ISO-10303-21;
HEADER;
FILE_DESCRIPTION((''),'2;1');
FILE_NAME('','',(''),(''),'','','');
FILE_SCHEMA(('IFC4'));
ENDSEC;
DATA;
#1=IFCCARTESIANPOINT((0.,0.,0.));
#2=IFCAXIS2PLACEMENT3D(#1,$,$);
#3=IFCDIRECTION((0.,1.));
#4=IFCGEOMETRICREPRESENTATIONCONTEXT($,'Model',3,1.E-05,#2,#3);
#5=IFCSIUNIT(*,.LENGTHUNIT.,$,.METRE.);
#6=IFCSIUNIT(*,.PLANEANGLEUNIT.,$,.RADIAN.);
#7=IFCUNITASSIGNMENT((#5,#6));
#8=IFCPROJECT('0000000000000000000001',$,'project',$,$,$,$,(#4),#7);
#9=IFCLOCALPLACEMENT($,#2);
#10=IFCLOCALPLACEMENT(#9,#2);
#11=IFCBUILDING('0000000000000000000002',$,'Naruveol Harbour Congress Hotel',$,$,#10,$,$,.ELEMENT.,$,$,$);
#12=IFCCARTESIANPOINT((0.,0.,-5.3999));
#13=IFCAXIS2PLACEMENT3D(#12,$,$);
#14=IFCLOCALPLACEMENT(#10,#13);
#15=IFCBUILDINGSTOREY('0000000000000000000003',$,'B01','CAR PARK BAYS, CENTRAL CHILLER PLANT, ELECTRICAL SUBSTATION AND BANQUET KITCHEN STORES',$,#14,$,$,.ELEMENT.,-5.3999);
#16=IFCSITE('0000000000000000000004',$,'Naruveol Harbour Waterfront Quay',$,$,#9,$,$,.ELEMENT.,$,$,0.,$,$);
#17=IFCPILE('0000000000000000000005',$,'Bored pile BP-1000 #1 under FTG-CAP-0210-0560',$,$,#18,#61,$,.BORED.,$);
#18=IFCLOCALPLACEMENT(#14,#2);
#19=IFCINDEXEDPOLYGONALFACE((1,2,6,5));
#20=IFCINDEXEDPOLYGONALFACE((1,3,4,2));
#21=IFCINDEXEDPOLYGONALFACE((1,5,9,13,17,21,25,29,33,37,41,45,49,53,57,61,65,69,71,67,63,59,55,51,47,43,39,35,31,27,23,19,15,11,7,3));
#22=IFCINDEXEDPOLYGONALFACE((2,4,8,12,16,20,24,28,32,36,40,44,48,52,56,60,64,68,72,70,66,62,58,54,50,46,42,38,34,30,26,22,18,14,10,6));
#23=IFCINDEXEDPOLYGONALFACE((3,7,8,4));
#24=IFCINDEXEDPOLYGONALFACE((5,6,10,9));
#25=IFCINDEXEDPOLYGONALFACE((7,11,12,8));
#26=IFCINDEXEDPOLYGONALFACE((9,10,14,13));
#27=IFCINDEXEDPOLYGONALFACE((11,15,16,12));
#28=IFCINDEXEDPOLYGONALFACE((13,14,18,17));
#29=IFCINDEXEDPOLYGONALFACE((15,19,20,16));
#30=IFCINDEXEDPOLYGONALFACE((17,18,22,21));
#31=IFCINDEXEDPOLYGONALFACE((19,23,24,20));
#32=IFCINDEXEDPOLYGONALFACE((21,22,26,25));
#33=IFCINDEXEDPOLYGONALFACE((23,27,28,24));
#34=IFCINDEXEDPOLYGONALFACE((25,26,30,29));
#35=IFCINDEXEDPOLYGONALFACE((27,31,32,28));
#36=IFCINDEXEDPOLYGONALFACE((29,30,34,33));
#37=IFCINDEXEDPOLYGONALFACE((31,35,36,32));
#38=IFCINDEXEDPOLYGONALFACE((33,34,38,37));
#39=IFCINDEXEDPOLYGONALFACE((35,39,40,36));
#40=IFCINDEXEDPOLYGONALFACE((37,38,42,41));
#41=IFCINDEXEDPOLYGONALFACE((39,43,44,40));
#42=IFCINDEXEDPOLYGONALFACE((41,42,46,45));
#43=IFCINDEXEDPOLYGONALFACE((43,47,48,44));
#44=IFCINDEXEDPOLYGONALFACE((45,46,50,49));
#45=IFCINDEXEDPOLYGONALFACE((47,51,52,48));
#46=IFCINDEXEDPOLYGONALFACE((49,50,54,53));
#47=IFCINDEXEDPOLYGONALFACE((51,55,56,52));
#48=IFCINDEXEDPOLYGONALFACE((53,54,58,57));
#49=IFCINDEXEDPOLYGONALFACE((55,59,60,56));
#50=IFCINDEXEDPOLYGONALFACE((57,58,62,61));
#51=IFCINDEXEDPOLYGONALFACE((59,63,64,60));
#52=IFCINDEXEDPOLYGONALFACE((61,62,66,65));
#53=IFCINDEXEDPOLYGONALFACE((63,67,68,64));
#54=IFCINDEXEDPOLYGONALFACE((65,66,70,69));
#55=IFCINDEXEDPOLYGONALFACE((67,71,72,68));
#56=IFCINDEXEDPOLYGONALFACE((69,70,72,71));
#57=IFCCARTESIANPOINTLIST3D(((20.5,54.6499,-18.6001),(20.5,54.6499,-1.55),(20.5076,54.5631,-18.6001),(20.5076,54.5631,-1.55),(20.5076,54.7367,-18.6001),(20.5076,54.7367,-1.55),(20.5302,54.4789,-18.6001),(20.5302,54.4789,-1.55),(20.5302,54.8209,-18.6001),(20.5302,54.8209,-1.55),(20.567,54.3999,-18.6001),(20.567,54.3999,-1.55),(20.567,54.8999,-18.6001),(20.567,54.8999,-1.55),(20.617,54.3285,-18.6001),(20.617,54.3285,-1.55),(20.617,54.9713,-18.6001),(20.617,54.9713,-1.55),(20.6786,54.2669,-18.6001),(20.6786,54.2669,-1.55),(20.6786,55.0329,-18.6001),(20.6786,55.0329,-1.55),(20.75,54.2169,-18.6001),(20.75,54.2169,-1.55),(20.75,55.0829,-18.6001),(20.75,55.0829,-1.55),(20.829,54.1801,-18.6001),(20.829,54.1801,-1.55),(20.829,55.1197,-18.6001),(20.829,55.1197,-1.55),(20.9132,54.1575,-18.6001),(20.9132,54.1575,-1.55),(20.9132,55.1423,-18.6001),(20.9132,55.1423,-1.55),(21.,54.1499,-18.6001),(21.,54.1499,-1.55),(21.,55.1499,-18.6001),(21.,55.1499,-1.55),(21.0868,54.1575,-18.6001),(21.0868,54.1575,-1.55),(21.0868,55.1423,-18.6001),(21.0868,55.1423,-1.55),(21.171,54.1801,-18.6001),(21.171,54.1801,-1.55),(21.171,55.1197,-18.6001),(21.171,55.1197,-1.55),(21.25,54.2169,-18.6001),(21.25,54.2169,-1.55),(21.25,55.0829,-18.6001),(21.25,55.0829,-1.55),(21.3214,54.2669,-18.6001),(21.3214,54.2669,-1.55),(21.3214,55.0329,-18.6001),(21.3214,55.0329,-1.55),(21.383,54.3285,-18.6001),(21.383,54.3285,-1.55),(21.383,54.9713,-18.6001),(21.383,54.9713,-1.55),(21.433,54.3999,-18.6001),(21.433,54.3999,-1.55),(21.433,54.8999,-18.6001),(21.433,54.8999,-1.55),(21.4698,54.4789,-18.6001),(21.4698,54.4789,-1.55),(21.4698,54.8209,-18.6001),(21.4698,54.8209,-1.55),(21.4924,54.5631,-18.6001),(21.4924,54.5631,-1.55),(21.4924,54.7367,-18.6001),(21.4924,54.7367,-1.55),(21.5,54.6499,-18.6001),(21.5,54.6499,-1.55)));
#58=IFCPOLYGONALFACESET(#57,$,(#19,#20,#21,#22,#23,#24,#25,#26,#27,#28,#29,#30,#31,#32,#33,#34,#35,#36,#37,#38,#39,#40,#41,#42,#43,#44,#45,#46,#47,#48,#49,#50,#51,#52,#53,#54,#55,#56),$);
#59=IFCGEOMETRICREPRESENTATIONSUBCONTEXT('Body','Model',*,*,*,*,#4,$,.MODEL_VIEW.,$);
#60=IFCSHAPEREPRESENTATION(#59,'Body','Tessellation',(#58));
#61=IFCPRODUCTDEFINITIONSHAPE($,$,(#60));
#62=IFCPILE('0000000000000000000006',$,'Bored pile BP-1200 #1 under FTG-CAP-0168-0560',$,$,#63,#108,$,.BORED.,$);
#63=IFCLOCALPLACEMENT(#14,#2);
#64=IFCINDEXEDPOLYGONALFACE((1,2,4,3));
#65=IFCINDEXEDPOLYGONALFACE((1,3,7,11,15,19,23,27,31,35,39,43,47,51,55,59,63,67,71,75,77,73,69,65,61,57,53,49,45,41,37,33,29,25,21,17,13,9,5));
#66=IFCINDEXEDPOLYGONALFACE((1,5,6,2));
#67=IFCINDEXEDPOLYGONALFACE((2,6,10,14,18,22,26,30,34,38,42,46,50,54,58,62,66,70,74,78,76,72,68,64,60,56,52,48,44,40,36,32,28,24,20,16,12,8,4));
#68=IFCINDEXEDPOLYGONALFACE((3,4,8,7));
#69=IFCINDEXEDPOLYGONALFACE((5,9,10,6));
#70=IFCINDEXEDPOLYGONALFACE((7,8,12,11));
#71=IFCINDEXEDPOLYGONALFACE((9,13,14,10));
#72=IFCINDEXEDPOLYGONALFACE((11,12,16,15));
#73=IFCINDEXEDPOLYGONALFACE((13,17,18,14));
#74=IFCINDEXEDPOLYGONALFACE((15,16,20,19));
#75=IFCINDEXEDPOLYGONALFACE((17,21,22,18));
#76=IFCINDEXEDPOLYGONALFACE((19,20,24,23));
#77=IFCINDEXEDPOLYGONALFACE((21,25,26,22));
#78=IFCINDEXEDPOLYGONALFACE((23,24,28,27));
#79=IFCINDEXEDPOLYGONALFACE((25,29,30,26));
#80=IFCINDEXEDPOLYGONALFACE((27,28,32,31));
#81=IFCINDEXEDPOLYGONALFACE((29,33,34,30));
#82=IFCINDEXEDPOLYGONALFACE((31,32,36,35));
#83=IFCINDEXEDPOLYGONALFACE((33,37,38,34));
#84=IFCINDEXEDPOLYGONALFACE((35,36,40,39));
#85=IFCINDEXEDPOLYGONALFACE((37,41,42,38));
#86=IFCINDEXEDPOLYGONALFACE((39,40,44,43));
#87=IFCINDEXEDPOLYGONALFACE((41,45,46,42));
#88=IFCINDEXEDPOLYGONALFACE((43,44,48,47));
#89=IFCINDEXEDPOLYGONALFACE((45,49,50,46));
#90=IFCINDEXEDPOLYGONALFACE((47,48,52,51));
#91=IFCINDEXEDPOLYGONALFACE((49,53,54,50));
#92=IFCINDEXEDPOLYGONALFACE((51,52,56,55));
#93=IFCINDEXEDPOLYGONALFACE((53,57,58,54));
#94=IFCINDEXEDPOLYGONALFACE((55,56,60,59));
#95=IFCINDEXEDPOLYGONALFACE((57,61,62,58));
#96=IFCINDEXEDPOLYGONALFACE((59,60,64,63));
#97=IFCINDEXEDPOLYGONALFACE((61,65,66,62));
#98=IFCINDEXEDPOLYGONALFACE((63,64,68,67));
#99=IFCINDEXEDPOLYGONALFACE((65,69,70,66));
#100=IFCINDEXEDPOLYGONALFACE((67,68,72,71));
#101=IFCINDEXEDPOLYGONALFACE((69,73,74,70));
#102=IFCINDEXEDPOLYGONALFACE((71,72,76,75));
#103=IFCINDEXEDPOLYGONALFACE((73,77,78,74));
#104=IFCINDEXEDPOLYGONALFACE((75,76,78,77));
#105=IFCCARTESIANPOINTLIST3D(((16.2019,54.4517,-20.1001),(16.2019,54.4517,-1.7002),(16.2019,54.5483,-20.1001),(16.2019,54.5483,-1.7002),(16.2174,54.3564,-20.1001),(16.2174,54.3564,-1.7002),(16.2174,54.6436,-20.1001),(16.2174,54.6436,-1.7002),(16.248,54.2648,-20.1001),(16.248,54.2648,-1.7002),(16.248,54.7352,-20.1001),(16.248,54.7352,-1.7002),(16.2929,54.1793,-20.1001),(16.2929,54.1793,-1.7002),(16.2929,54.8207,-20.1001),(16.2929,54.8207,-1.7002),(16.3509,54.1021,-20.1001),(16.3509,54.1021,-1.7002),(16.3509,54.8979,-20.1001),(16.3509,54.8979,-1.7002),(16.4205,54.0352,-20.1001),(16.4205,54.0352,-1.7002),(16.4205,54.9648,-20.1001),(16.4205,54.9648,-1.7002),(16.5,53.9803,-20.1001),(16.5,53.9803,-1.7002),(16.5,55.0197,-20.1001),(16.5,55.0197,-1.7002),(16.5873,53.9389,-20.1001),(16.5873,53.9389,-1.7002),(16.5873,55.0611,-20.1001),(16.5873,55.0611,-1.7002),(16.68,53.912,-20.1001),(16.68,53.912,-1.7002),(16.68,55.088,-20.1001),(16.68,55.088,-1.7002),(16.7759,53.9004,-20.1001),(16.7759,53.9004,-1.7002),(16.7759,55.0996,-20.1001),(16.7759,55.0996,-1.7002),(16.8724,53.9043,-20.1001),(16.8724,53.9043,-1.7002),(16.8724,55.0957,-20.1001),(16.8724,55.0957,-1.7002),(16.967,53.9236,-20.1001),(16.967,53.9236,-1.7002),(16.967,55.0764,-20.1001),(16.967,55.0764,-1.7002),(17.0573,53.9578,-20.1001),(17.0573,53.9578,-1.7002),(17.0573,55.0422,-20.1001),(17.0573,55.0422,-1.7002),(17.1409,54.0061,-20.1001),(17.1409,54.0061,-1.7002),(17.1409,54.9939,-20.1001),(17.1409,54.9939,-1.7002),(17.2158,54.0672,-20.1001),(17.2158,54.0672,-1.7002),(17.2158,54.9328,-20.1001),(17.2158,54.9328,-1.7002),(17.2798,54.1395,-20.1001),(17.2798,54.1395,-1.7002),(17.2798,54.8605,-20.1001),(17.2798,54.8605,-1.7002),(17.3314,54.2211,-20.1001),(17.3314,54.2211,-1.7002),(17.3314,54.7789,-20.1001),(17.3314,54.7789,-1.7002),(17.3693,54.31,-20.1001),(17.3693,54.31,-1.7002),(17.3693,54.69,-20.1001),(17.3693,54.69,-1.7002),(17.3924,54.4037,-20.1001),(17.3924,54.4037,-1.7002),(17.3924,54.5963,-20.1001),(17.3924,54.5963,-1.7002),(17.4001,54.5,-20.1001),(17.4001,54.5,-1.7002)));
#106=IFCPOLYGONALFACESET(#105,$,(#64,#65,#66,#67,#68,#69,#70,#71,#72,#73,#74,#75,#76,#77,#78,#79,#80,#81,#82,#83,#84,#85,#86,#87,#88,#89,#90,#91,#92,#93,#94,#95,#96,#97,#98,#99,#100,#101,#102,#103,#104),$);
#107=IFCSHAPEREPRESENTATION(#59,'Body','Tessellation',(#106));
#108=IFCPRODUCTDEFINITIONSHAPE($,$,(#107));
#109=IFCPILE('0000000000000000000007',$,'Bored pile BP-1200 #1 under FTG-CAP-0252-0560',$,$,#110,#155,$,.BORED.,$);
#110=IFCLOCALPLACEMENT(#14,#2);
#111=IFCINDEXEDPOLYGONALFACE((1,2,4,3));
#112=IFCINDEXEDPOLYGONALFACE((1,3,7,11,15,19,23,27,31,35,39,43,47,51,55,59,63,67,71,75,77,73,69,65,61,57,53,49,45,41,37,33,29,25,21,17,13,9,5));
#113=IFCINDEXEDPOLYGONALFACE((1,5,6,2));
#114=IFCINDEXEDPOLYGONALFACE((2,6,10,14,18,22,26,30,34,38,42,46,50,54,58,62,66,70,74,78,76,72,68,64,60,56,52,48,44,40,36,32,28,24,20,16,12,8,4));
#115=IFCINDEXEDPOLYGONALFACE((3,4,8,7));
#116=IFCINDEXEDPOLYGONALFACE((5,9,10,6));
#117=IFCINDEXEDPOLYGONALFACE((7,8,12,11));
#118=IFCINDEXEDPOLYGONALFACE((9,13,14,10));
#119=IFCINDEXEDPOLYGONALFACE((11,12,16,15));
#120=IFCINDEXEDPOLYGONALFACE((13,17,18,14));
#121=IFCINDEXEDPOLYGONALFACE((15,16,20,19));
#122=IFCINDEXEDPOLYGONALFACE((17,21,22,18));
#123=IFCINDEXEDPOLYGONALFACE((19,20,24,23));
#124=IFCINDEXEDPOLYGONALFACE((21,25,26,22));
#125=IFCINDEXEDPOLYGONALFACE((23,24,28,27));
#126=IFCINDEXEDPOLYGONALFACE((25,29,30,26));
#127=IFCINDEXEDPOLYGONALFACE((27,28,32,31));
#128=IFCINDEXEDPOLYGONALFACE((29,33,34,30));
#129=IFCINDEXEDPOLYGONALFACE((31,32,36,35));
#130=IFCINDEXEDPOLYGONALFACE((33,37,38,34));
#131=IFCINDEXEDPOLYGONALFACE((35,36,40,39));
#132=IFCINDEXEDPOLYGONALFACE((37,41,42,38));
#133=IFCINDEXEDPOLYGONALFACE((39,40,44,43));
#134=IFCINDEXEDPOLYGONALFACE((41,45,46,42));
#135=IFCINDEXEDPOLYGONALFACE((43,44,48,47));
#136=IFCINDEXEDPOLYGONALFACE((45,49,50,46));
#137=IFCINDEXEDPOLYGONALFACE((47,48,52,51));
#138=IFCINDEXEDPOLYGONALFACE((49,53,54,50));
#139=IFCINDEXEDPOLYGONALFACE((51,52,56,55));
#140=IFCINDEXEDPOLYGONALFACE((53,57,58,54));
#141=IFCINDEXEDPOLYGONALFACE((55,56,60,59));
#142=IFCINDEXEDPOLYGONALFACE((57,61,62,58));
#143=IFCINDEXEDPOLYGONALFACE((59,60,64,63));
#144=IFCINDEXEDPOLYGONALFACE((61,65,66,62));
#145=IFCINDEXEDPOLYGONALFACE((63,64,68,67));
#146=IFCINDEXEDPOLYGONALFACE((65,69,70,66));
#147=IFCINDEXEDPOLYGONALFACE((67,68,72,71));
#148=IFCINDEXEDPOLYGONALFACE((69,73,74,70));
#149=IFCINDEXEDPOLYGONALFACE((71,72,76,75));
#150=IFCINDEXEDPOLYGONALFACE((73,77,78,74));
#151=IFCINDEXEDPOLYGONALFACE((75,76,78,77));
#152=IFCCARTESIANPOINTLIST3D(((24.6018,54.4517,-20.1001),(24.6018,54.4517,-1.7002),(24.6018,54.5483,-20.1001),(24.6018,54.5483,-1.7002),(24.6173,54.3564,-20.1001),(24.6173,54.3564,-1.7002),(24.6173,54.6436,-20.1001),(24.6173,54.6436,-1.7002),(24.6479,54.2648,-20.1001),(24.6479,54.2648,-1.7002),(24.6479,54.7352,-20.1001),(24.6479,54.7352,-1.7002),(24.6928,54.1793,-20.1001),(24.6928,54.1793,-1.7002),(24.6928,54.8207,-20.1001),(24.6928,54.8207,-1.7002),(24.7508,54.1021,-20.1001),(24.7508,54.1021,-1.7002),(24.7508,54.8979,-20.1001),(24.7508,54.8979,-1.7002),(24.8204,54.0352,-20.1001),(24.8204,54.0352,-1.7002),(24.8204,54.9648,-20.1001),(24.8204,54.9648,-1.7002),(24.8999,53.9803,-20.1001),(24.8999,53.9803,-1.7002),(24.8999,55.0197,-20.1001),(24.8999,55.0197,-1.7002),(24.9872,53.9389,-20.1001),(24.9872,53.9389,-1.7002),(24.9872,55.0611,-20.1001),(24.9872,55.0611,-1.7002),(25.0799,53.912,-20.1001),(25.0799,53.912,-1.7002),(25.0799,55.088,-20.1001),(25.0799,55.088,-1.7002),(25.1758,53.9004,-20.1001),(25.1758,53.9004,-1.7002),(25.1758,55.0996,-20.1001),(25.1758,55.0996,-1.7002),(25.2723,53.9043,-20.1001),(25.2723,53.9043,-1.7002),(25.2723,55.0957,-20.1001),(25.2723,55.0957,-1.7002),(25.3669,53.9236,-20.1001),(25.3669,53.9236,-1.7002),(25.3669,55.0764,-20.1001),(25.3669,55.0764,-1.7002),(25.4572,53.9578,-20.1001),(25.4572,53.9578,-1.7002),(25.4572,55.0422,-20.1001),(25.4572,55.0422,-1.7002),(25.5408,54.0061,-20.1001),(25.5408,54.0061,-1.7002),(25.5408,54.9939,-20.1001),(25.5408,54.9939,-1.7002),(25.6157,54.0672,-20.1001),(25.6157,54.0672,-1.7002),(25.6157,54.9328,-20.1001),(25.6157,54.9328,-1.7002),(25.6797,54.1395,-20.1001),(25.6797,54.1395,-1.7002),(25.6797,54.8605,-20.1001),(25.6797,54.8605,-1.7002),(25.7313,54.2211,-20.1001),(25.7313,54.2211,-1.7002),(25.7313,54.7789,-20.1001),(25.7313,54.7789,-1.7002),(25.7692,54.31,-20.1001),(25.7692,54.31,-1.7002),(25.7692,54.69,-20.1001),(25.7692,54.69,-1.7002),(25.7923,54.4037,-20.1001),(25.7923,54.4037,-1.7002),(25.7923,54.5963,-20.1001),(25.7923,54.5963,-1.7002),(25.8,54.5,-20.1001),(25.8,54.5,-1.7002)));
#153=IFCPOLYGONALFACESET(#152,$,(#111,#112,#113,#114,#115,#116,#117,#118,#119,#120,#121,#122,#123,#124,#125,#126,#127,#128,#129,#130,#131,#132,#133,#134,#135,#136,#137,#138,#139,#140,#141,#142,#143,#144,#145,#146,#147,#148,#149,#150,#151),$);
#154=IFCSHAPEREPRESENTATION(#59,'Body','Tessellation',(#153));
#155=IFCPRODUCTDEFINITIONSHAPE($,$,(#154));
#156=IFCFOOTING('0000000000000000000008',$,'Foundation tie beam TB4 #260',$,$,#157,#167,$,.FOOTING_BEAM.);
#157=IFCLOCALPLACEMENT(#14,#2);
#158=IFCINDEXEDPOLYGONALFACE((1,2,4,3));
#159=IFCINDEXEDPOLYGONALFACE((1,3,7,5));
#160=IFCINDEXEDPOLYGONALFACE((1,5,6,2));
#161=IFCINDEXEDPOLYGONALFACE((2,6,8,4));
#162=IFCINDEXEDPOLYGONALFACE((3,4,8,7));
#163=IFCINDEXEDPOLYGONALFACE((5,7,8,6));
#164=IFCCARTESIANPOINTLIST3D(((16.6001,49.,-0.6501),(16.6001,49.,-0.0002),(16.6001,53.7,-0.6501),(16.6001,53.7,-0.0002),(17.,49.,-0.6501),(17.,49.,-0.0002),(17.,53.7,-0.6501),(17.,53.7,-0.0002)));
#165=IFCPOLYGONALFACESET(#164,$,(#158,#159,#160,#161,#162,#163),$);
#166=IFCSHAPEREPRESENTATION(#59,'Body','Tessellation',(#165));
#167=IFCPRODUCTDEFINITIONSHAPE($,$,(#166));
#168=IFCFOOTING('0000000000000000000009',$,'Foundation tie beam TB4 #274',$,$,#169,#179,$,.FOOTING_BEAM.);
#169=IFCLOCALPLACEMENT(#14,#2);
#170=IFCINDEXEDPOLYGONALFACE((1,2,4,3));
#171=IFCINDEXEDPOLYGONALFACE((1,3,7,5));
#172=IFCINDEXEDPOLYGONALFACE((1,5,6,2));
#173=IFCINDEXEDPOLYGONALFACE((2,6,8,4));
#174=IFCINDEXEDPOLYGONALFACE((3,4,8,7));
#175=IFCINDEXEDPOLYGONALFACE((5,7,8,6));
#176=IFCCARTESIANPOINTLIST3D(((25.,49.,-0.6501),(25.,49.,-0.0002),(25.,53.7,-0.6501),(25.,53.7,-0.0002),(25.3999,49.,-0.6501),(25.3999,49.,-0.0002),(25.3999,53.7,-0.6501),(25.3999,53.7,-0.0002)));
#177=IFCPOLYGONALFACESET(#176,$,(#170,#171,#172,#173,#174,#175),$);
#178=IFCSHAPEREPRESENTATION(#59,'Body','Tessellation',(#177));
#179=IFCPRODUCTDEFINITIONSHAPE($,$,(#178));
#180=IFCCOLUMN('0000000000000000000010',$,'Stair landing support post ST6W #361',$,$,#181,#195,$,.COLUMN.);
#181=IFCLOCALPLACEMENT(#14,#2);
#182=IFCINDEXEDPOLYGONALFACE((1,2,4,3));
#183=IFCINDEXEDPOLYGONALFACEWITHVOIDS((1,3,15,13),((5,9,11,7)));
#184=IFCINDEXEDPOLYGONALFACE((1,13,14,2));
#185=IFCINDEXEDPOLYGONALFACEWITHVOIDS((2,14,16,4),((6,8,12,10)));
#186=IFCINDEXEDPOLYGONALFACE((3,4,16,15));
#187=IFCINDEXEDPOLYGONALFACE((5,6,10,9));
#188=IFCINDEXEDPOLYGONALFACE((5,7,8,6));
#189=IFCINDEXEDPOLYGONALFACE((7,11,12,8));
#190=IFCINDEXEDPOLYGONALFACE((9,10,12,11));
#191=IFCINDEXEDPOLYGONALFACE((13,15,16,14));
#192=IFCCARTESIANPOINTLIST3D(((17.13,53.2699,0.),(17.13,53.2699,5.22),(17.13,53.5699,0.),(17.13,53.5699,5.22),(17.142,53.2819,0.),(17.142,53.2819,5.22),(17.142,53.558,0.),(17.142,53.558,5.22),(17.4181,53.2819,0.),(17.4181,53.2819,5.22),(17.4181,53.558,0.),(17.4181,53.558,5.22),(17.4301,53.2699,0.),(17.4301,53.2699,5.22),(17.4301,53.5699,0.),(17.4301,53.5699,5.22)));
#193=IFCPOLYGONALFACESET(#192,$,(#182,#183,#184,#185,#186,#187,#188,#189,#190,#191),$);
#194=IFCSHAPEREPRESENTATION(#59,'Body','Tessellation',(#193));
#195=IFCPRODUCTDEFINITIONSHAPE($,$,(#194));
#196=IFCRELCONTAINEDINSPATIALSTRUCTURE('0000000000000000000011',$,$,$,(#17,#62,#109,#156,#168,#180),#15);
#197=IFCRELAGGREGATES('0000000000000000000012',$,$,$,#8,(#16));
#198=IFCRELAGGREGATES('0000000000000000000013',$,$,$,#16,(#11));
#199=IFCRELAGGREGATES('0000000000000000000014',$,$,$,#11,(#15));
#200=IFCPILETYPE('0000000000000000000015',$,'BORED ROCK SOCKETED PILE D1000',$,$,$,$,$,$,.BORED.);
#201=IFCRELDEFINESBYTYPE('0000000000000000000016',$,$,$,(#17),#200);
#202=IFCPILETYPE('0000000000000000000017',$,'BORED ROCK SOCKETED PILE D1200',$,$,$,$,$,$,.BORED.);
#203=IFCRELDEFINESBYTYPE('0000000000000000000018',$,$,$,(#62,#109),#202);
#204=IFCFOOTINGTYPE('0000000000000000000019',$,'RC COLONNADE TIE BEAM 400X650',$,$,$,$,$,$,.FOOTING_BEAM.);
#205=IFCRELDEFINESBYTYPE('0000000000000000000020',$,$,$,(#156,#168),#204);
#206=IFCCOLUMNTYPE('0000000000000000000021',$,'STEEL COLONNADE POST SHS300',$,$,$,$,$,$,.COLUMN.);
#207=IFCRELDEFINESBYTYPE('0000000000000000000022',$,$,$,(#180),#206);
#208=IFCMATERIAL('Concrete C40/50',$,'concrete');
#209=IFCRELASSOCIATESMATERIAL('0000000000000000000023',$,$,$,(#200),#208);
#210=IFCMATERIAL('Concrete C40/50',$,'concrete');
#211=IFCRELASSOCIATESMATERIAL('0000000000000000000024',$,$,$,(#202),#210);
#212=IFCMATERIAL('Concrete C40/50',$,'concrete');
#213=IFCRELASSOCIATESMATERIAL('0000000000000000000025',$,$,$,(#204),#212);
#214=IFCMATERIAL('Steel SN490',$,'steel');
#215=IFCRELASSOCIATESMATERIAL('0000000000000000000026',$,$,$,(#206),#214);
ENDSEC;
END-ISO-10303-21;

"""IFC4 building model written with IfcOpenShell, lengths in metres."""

from ifc_helpers import new_model, si_unit, direction, frame, origin, origin_2d, place, context, subcontext, project, spatial, rectangle, hollow_rectangle, circle, extrude, material, material_profile, profile_set, type_object, element, save


model = new_model("IFC4")

# Units and contexts
model_context = context("Model", 3, precision=1e-05, world=origin(), true_north=direction((0.0, 1.0)))
body_context = subcontext(model_context, "Body", "Model", "MODEL_VIEW")
ifc_project = project(units=[si_unit("LENGTHUNIT", "METRE"), si_unit("PLANEANGLEUNIT", "RADIAN")], contexts=[model_context])

# Site, building, storey
site_placement = place(None, origin())
site = spatial("IfcSite", under=ifc_project, at=site_placement, Name="Naruveol Harbour Waterfront Quay", CompositionType="ELEMENT", RefElevation=0.0)
building_placement = place(site_placement, origin())
building = spatial("IfcBuilding", under=site, at=building_placement, Name="Naruveol Harbour Congress Hotel", CompositionType="ELEMENT")
storey_placement = place(building_placement, frame((0.0, 0.0, -5.3999)))
storey = spatial("IfcBuildingStorey", under=building, at=storey_placement, Name="B01", Description="CAR PARK BAYS, CENTRAL CHILLER PLANT, ELECTRICAL SUBSTATION AND BANQUET KITCHEN STORES", CompositionType="ELEMENT", Elevation=-5.3999)

# Piles
ifc_material_1 = material(Name="Concrete C40/50", Category="concrete")
ifc_material_profile_1 = material_profile(ifc_material_1, circle(Radius=0.5, at=origin_2d()), Name="BP-1000")
ifc_profile_set_1 = profile_set([ifc_material_profile_1], Name="Concrete C40/50")
pile_type_1 = type_object("IfcPileType", Name="BORED ROCK SOCKETED PILE D1000", PredefinedType="BORED", material=ifc_profile_set_1)
pile_placement = place(storey_placement, frame((21.0, 54.6499, -1.55), z_axis=(0.0, 0.0, -1.0), x_axis=(1.0, 0.0, 0.0)))
element("IfcPile", 1, at=pile_placement, inside=storey, type_object=pile_type_1, Name="Bored pile BP-1000 #1 under FTG-CAP-0210-0560", PredefinedType="BORED", context=body_context, shape_type="SweptSolid", body=[
    extrude(circle(Radius=0.5, at=origin_2d()), origin(), (0.0, 0.0, 1.0), 17.05),
])
ifc_material_2 = material(Name="Concrete C40/50", Category="concrete")
ifc_material_profile_2 = material_profile(ifc_material_2, circle(Radius=0.6001, at=origin_2d()), Name="BP-1200")
ifc_profile_set_2 = profile_set([ifc_material_profile_2], Name="Concrete C40/50")
pile_type_2 = type_object("IfcPileType", Name="BORED ROCK SOCKETED PILE D1200", PredefinedType="BORED", material=ifc_profile_set_2)
for number, where, z_axis, x_axis, name in (
    (2, (16.8, 54.5, -1.7002), (0.0, 0.0, -1.0), (1.0, 0.0, 0.0), "Bored pile BP-1200 #1 under FTG-CAP-0168-0560"),
    (3, (25.2, 54.5, -1.7002), (0.0, 0.0, -1.0), (1.0, 0.0, 0.0), "Bored pile BP-1200 #1 under FTG-CAP-0252-0560"),
):
    element("IfcPile", number, at=place(storey_placement, frame(where, z_axis=z_axis, x_axis=x_axis)), inside=storey, type_object=pile_type_2, Name=name, PredefinedType="BORED", context=body_context, shape_type="SweptSolid", body=[
        extrude(circle(Radius=0.6001, at=origin_2d()), origin(), (0.0, 0.0, 1.0), 18.3999),
    ])

# Footings
ifc_material_3 = material(Name="Concrete C40/50", Category="concrete")
ifc_material_profile_3 = material_profile(ifc_material_3, rectangle(XDim=0.3999, YDim=0.6499, at=origin_2d()), Name="RCB-400x650")
ifc_profile_set_3 = profile_set([ifc_material_profile_3], Name="Concrete C40/50")
footing_type = type_object("IfcFootingType", Name="RC COLONNADE TIE BEAM 400X650", PredefinedType="FOOTING_BEAM", material=ifc_profile_set_3)
for number, where, z_axis, x_axis, name in (
    (4, (16.8, 49.0, -0.3252), (0.0, 1.0, 0.0), (-1.0, 0.0, 0.0), "Foundation tie beam TB4 #260"),
    (5, (25.2, 49.0, -0.3252), (0.0, 1.0, 0.0), (-1.0, 0.0, 0.0), "Foundation tie beam TB4 #274"),
):
    element("IfcFooting", number, at=place(storey_placement, frame(where, z_axis=z_axis, x_axis=x_axis)), inside=storey, type_object=footing_type, Name=name, PredefinedType="FOOTING_BEAM", context=body_context, shape_type="SweptSolid", body=[
        extrude(rectangle(XDim=0.3999, YDim=0.6499, at=origin_2d()), origin(), (0.0, 0.0, 1.0), 4.7),
    ])

# Column
ifc_material_4 = material(Name="Steel SN490", Category="steel")
ifc_material_profile_4 = material_profile(ifc_material_4, hollow_rectangle(XDim=0.3, YDim=0.3, WallThickness=0.012, at=origin_2d()), Name="SHS-300x300x12")
ifc_profile_set_4 = profile_set([ifc_material_profile_4], Name="Steel SN490")
column_type = type_object("IfcColumnType", Name="STEEL COLONNADE POST SHS300", PredefinedType="COLUMN", material=ifc_profile_set_4)
for number, where, z_axis, x_axis, name in (
    (6, (17.28, 53.4199, 0.0), (0.0, 0.0, 1.0), (1.0, 0.0, 0.0), "Stair landing support post ST6W #361"),
):
    element("IfcColumn", number, at=place(storey_placement, frame(where, z_axis=z_axis, x_axis=x_axis)), inside=storey, type_object=column_type, Name=name, PredefinedType="COLUMN", context=body_context, shape_type="SweptSolid", body=[
        extrude(hollow_rectangle(XDim=0.3, YDim=0.3, WallThickness=0.012, at=origin_2d()), origin(), (0.0, 0.0, 1.0), 5.22),
    ])

save(model, "model.ifc")
